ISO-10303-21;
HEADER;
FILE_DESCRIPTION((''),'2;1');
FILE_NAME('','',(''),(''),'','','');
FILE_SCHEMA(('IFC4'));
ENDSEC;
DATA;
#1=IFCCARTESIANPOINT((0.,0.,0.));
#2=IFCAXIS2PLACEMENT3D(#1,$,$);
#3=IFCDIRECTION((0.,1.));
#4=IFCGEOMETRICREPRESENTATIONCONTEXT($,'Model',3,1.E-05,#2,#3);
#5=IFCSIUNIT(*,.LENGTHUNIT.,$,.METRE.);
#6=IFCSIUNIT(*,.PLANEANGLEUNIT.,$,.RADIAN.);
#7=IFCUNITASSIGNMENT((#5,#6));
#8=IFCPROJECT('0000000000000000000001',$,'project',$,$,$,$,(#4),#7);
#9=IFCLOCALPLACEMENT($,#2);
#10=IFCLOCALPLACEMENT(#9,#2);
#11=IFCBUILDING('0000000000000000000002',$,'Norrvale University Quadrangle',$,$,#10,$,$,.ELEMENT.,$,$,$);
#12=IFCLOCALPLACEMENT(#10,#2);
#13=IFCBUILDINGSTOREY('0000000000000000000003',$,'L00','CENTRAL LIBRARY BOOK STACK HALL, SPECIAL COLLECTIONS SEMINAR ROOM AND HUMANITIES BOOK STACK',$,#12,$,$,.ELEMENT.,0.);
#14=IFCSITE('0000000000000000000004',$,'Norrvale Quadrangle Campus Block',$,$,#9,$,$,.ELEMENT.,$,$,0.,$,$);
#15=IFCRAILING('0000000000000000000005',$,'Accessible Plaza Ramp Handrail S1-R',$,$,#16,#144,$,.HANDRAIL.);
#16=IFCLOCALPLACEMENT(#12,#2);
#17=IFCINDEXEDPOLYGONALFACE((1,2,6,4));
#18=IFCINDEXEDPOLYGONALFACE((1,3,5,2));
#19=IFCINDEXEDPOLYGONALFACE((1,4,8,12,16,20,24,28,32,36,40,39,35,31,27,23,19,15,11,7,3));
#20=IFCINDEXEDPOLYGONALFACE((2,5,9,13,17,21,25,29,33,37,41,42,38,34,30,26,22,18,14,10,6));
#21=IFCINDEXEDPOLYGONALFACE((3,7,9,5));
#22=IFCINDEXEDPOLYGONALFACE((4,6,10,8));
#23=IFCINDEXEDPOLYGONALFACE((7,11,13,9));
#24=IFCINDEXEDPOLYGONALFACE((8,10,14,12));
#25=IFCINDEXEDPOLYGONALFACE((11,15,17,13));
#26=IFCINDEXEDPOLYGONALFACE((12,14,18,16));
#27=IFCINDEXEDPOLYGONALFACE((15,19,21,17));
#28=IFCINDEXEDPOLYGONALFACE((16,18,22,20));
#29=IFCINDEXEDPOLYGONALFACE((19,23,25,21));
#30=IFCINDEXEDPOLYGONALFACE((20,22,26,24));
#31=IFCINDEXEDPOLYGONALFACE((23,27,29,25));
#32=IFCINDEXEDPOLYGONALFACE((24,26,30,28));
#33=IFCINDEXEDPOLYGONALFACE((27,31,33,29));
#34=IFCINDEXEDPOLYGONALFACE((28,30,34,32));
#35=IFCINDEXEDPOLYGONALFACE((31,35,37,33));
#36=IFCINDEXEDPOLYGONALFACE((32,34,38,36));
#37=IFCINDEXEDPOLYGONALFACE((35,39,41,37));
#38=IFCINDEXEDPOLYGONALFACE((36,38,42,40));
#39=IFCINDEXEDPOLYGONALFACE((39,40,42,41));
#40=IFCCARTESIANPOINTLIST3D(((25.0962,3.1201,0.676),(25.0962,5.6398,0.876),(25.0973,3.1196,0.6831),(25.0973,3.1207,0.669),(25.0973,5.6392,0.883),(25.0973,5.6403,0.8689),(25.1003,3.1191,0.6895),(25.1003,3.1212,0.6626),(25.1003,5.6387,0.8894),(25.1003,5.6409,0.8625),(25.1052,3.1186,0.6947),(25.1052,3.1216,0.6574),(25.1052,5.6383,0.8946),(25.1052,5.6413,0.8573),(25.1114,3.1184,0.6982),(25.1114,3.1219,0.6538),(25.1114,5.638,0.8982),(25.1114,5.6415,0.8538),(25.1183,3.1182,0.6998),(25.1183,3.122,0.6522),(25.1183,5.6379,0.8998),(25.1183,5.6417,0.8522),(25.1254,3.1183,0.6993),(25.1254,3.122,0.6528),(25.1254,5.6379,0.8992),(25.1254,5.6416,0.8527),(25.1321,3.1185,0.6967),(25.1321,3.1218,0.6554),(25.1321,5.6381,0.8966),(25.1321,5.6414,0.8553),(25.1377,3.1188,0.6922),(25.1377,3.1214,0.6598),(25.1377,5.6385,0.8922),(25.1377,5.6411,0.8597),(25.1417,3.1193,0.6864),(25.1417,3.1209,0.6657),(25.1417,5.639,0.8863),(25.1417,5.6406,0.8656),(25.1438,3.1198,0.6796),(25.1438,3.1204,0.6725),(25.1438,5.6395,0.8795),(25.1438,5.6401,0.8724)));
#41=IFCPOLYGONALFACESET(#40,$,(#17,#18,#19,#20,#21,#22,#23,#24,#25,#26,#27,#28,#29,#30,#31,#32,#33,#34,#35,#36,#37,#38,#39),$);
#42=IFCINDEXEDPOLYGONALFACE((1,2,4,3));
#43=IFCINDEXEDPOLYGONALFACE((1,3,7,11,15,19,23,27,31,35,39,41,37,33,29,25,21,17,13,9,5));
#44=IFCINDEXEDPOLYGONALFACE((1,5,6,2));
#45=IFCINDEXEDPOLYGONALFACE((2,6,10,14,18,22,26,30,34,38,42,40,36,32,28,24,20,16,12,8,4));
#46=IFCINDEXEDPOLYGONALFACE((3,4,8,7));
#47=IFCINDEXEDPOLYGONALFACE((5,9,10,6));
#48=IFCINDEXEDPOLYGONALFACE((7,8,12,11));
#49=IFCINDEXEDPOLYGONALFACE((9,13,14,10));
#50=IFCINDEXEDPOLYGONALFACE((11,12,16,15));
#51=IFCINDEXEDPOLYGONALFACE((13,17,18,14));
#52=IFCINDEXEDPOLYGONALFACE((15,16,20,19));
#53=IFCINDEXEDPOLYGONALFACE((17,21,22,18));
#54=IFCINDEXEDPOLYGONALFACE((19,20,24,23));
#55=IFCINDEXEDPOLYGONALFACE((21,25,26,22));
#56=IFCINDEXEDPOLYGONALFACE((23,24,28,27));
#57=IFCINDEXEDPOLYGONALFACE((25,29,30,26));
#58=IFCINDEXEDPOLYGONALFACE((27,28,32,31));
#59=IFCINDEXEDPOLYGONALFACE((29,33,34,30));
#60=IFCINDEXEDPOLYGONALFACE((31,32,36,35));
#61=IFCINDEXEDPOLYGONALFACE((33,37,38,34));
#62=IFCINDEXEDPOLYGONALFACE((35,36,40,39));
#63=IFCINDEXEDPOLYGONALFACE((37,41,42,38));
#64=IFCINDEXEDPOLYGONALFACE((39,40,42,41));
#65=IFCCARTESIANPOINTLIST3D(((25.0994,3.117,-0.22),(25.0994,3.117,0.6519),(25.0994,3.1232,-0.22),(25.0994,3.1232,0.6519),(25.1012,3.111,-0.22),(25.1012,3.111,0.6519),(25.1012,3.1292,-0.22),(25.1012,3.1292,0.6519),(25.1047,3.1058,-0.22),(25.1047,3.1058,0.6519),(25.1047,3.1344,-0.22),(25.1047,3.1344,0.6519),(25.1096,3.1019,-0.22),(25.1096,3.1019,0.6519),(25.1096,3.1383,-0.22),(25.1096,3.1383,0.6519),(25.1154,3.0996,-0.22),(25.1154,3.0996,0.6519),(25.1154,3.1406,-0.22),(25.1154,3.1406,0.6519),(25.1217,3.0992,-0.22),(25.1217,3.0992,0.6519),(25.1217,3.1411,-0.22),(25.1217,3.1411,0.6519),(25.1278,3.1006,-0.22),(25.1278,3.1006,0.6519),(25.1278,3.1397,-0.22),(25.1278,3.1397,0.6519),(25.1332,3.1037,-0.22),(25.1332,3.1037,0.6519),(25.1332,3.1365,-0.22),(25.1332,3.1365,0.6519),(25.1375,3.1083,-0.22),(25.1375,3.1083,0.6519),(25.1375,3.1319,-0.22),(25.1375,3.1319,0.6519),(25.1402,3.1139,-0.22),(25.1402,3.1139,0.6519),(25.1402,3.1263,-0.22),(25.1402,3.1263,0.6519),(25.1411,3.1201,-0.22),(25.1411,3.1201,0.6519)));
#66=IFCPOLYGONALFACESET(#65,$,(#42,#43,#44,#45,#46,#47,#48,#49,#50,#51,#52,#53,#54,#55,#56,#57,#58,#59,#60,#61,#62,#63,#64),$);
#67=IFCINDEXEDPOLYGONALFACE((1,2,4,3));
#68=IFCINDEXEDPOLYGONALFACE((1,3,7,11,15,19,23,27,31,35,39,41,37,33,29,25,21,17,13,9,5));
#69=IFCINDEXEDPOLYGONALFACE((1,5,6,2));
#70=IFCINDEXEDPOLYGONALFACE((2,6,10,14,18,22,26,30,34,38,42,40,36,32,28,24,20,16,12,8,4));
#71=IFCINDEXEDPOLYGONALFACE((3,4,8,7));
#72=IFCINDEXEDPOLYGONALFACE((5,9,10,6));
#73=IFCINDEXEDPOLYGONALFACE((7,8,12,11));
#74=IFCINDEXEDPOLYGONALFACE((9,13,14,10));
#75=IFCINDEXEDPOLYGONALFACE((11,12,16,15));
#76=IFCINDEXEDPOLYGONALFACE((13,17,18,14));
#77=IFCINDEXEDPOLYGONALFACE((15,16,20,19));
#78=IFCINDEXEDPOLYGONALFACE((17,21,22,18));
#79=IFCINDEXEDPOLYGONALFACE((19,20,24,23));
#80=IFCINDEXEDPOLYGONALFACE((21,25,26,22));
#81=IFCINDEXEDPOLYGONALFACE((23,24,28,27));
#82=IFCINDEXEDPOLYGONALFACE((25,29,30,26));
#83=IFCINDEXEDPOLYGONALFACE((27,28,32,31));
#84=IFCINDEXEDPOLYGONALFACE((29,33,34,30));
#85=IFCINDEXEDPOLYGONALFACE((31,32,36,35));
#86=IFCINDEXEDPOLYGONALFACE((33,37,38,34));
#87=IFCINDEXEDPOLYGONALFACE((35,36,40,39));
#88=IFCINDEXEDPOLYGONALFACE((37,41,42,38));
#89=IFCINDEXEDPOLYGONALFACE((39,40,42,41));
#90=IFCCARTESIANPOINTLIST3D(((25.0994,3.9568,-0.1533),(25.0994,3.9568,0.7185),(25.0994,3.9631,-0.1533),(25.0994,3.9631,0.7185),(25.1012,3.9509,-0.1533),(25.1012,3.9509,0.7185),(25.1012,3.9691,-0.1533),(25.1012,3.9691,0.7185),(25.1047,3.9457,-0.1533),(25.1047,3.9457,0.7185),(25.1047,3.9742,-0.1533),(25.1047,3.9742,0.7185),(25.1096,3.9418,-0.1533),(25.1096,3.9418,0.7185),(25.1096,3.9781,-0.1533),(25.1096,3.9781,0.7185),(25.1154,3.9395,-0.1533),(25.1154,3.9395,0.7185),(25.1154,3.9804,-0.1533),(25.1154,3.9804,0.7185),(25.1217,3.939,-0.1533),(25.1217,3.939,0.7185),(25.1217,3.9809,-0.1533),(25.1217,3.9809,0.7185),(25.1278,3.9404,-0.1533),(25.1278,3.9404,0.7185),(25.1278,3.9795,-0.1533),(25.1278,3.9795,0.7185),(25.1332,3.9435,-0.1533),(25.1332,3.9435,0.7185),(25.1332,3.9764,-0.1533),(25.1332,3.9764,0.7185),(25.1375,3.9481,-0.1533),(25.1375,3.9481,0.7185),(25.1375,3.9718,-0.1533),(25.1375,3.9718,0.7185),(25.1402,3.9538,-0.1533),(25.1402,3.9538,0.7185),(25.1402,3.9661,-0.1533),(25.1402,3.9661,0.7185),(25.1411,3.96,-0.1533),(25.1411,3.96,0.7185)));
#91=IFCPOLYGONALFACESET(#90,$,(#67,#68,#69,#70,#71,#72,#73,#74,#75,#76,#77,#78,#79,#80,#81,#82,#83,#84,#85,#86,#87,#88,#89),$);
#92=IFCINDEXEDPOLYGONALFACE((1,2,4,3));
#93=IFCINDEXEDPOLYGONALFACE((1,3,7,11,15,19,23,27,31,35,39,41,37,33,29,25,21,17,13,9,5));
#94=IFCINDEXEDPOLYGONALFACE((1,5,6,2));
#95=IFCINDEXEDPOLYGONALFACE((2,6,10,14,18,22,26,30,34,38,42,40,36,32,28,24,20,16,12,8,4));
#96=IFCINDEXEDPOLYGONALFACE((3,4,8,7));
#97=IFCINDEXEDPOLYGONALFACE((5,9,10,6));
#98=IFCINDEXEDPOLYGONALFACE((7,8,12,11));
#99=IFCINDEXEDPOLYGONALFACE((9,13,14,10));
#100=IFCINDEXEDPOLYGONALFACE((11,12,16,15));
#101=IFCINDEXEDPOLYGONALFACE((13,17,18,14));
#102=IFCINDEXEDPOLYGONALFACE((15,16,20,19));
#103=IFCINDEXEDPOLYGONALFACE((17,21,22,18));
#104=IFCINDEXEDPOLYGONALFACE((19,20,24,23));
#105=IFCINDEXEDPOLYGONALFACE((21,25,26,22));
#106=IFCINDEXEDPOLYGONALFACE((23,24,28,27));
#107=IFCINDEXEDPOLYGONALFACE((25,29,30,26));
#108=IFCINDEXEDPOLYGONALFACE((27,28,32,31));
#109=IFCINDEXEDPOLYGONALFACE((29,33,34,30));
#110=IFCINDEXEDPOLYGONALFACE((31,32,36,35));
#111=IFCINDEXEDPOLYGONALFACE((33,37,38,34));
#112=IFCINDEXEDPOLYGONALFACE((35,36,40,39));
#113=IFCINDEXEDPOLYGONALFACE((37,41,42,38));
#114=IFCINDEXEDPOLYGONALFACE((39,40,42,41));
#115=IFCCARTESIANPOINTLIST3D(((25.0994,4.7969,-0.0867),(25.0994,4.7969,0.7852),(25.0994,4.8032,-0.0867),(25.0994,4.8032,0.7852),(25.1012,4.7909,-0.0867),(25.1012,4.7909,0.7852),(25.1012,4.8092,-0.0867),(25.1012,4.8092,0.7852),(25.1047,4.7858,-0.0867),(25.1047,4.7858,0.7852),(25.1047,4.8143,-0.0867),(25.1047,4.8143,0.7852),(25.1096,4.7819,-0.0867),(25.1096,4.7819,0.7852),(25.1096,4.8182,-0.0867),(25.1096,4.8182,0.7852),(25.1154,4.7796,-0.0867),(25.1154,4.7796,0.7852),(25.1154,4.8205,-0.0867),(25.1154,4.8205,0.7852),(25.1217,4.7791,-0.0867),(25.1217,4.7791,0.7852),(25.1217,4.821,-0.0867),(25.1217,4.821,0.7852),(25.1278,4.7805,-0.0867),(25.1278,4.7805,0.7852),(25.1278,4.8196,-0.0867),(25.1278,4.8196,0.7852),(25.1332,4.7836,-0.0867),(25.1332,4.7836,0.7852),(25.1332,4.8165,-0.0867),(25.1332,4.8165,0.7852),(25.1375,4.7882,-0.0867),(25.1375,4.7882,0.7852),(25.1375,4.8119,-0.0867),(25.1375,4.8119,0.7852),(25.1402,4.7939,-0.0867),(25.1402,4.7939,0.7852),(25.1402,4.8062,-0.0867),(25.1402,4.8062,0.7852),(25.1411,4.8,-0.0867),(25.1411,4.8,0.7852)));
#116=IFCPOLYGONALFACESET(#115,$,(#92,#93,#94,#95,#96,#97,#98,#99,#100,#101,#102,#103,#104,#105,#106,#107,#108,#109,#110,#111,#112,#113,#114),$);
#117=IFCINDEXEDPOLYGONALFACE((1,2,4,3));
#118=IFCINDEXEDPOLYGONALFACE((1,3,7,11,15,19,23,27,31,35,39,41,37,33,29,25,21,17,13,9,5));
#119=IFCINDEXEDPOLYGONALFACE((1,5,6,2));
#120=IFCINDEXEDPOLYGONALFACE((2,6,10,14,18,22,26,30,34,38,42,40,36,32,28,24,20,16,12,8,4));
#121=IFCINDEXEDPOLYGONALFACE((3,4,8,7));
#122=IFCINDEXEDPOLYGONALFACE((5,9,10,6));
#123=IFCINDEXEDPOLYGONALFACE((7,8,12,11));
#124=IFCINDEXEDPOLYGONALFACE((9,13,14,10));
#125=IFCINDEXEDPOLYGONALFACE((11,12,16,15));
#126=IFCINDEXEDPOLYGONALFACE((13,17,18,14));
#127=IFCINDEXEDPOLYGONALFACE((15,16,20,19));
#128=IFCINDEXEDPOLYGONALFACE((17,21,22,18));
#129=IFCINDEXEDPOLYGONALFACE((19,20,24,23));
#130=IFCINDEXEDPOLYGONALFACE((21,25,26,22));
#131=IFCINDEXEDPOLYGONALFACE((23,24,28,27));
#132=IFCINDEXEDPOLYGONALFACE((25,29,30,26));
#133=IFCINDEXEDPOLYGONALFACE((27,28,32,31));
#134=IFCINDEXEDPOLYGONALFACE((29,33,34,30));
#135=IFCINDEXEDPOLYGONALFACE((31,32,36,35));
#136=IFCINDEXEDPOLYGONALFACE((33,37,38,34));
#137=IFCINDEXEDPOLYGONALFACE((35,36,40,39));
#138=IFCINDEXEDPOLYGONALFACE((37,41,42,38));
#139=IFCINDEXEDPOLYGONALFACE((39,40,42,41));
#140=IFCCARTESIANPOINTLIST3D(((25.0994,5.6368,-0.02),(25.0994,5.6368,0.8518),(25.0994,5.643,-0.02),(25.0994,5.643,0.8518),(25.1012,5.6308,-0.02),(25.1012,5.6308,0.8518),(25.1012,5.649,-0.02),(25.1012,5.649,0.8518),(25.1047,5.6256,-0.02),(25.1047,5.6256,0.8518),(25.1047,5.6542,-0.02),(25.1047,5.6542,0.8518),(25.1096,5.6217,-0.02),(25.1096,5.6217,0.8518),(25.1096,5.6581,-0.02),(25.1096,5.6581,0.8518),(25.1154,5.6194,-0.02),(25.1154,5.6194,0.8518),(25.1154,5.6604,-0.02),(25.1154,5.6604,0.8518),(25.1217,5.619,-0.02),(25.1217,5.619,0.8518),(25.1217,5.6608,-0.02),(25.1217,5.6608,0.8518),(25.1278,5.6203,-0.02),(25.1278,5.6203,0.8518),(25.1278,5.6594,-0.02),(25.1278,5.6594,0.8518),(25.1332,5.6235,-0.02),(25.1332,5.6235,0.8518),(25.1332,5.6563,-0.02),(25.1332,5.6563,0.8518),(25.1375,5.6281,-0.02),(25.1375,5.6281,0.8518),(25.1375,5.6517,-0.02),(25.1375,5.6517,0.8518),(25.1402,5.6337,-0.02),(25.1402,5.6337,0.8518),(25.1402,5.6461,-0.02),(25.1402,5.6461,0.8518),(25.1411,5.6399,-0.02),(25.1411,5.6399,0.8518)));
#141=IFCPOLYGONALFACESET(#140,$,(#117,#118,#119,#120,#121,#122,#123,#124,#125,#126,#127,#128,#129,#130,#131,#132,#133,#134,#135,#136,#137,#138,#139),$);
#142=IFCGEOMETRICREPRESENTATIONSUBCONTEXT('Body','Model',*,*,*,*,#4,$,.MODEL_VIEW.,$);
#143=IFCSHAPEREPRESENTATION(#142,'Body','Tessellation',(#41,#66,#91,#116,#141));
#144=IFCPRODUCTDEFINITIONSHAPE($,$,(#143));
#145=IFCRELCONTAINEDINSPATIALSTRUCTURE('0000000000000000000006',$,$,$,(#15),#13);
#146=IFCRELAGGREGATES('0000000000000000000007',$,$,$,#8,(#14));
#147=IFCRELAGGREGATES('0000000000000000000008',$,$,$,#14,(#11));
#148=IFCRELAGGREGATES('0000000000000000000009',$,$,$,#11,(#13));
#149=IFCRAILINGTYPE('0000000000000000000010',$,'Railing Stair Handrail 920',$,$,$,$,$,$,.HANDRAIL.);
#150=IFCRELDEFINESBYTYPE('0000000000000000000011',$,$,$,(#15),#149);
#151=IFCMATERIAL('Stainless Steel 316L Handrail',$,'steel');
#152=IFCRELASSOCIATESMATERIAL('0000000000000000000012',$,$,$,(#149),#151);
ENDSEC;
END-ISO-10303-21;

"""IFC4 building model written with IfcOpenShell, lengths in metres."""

from ifc_helpers import new_model, si_unit, direction, frame, origin, origin_2d, place, context, subcontext, project, spatial, circle, extrude, material, type_object, element, save


model = new_model("IFC4")

# Units and contexts
model_context = context("Model", 3, precision=1e-05, world=origin(), true_north=direction((0.0, 1.0)))
body_context = subcontext(model_context, "Body", "Model", "MODEL_VIEW")
ifc_project = project(units=[si_unit("LENGTHUNIT", "METRE"), si_unit("PLANEANGLEUNIT", "RADIAN")], contexts=[model_context])

# Site, building, storey
site_placement = place(None, origin())
site = spatial("IfcSite", under=ifc_project, at=site_placement, Name="Norrvale Quadrangle Campus Block", CompositionType="ELEMENT", RefElevation=0.0)
building_placement = place(site_placement, origin())
building = spatial("IfcBuilding", under=site, at=building_placement, Name="Norrvale University Quadrangle", CompositionType="ELEMENT")
storey_placement = place(building_placement, origin())
storey = spatial("IfcBuildingStorey", under=building, at=storey_placement, Name="L00", Description="CENTRAL LIBRARY BOOK STACK HALL, SPECIAL COLLECTIONS SEMINAR ROOM AND HUMANITIES BOOK STACK", CompositionType="ELEMENT", Elevation=0.0)

# Railing
ifc_material_1 = material(Name="Stainless Steel 316L Handrail", Category="steel")
railing_type_1 = type_object("IfcRailingType", Name="Railing Stair Handrail 920", PredefinedType="HANDRAIL", material=ifc_material_1)
for number, where, name in (
    (1, (25.1201, 3.1201, -0.22), "Accessible Plaza Ramp Handrail S1-R"),
):
    element("IfcRailing", number, at=place(storey_placement, frame(where)), inside=storey, type_object=railing_type_1, Name=name, PredefinedType="HANDRAIL", context=body_context, shape_type="SweptSolid", body=[
        extrude(circle(Radius=0.0239, at=origin_2d()), frame((0.0, 0.0, 0.896), z_axis=(0.0, 0.996866, 0.079104), x_axis=(-1.0, 0.0, 0.0)), (0.0, 0.0, 1.0), 2.5276),
        extrude(circle(Radius=0.021, at=origin_2d()), origin(), (0.0, 0.0, 1.0), 0.8718),
        extrude(circle(Radius=0.021, at=origin_2d()), frame((0.0, 0.8398, 0.0667)), (0.0, 0.0, 1.0), 0.8718),
        extrude(circle(Radius=0.021, at=origin_2d()), frame((0.0, 1.6799, 0.1333)), (0.0, 0.0, 1.0), 0.8718),
        extrude(circle(Radius=0.021, at=origin_2d()), frame((0.0, 2.5198, 0.2)), (0.0, 0.0, 1.0), 0.8718),
    ])

save(model, "model.ifc")
